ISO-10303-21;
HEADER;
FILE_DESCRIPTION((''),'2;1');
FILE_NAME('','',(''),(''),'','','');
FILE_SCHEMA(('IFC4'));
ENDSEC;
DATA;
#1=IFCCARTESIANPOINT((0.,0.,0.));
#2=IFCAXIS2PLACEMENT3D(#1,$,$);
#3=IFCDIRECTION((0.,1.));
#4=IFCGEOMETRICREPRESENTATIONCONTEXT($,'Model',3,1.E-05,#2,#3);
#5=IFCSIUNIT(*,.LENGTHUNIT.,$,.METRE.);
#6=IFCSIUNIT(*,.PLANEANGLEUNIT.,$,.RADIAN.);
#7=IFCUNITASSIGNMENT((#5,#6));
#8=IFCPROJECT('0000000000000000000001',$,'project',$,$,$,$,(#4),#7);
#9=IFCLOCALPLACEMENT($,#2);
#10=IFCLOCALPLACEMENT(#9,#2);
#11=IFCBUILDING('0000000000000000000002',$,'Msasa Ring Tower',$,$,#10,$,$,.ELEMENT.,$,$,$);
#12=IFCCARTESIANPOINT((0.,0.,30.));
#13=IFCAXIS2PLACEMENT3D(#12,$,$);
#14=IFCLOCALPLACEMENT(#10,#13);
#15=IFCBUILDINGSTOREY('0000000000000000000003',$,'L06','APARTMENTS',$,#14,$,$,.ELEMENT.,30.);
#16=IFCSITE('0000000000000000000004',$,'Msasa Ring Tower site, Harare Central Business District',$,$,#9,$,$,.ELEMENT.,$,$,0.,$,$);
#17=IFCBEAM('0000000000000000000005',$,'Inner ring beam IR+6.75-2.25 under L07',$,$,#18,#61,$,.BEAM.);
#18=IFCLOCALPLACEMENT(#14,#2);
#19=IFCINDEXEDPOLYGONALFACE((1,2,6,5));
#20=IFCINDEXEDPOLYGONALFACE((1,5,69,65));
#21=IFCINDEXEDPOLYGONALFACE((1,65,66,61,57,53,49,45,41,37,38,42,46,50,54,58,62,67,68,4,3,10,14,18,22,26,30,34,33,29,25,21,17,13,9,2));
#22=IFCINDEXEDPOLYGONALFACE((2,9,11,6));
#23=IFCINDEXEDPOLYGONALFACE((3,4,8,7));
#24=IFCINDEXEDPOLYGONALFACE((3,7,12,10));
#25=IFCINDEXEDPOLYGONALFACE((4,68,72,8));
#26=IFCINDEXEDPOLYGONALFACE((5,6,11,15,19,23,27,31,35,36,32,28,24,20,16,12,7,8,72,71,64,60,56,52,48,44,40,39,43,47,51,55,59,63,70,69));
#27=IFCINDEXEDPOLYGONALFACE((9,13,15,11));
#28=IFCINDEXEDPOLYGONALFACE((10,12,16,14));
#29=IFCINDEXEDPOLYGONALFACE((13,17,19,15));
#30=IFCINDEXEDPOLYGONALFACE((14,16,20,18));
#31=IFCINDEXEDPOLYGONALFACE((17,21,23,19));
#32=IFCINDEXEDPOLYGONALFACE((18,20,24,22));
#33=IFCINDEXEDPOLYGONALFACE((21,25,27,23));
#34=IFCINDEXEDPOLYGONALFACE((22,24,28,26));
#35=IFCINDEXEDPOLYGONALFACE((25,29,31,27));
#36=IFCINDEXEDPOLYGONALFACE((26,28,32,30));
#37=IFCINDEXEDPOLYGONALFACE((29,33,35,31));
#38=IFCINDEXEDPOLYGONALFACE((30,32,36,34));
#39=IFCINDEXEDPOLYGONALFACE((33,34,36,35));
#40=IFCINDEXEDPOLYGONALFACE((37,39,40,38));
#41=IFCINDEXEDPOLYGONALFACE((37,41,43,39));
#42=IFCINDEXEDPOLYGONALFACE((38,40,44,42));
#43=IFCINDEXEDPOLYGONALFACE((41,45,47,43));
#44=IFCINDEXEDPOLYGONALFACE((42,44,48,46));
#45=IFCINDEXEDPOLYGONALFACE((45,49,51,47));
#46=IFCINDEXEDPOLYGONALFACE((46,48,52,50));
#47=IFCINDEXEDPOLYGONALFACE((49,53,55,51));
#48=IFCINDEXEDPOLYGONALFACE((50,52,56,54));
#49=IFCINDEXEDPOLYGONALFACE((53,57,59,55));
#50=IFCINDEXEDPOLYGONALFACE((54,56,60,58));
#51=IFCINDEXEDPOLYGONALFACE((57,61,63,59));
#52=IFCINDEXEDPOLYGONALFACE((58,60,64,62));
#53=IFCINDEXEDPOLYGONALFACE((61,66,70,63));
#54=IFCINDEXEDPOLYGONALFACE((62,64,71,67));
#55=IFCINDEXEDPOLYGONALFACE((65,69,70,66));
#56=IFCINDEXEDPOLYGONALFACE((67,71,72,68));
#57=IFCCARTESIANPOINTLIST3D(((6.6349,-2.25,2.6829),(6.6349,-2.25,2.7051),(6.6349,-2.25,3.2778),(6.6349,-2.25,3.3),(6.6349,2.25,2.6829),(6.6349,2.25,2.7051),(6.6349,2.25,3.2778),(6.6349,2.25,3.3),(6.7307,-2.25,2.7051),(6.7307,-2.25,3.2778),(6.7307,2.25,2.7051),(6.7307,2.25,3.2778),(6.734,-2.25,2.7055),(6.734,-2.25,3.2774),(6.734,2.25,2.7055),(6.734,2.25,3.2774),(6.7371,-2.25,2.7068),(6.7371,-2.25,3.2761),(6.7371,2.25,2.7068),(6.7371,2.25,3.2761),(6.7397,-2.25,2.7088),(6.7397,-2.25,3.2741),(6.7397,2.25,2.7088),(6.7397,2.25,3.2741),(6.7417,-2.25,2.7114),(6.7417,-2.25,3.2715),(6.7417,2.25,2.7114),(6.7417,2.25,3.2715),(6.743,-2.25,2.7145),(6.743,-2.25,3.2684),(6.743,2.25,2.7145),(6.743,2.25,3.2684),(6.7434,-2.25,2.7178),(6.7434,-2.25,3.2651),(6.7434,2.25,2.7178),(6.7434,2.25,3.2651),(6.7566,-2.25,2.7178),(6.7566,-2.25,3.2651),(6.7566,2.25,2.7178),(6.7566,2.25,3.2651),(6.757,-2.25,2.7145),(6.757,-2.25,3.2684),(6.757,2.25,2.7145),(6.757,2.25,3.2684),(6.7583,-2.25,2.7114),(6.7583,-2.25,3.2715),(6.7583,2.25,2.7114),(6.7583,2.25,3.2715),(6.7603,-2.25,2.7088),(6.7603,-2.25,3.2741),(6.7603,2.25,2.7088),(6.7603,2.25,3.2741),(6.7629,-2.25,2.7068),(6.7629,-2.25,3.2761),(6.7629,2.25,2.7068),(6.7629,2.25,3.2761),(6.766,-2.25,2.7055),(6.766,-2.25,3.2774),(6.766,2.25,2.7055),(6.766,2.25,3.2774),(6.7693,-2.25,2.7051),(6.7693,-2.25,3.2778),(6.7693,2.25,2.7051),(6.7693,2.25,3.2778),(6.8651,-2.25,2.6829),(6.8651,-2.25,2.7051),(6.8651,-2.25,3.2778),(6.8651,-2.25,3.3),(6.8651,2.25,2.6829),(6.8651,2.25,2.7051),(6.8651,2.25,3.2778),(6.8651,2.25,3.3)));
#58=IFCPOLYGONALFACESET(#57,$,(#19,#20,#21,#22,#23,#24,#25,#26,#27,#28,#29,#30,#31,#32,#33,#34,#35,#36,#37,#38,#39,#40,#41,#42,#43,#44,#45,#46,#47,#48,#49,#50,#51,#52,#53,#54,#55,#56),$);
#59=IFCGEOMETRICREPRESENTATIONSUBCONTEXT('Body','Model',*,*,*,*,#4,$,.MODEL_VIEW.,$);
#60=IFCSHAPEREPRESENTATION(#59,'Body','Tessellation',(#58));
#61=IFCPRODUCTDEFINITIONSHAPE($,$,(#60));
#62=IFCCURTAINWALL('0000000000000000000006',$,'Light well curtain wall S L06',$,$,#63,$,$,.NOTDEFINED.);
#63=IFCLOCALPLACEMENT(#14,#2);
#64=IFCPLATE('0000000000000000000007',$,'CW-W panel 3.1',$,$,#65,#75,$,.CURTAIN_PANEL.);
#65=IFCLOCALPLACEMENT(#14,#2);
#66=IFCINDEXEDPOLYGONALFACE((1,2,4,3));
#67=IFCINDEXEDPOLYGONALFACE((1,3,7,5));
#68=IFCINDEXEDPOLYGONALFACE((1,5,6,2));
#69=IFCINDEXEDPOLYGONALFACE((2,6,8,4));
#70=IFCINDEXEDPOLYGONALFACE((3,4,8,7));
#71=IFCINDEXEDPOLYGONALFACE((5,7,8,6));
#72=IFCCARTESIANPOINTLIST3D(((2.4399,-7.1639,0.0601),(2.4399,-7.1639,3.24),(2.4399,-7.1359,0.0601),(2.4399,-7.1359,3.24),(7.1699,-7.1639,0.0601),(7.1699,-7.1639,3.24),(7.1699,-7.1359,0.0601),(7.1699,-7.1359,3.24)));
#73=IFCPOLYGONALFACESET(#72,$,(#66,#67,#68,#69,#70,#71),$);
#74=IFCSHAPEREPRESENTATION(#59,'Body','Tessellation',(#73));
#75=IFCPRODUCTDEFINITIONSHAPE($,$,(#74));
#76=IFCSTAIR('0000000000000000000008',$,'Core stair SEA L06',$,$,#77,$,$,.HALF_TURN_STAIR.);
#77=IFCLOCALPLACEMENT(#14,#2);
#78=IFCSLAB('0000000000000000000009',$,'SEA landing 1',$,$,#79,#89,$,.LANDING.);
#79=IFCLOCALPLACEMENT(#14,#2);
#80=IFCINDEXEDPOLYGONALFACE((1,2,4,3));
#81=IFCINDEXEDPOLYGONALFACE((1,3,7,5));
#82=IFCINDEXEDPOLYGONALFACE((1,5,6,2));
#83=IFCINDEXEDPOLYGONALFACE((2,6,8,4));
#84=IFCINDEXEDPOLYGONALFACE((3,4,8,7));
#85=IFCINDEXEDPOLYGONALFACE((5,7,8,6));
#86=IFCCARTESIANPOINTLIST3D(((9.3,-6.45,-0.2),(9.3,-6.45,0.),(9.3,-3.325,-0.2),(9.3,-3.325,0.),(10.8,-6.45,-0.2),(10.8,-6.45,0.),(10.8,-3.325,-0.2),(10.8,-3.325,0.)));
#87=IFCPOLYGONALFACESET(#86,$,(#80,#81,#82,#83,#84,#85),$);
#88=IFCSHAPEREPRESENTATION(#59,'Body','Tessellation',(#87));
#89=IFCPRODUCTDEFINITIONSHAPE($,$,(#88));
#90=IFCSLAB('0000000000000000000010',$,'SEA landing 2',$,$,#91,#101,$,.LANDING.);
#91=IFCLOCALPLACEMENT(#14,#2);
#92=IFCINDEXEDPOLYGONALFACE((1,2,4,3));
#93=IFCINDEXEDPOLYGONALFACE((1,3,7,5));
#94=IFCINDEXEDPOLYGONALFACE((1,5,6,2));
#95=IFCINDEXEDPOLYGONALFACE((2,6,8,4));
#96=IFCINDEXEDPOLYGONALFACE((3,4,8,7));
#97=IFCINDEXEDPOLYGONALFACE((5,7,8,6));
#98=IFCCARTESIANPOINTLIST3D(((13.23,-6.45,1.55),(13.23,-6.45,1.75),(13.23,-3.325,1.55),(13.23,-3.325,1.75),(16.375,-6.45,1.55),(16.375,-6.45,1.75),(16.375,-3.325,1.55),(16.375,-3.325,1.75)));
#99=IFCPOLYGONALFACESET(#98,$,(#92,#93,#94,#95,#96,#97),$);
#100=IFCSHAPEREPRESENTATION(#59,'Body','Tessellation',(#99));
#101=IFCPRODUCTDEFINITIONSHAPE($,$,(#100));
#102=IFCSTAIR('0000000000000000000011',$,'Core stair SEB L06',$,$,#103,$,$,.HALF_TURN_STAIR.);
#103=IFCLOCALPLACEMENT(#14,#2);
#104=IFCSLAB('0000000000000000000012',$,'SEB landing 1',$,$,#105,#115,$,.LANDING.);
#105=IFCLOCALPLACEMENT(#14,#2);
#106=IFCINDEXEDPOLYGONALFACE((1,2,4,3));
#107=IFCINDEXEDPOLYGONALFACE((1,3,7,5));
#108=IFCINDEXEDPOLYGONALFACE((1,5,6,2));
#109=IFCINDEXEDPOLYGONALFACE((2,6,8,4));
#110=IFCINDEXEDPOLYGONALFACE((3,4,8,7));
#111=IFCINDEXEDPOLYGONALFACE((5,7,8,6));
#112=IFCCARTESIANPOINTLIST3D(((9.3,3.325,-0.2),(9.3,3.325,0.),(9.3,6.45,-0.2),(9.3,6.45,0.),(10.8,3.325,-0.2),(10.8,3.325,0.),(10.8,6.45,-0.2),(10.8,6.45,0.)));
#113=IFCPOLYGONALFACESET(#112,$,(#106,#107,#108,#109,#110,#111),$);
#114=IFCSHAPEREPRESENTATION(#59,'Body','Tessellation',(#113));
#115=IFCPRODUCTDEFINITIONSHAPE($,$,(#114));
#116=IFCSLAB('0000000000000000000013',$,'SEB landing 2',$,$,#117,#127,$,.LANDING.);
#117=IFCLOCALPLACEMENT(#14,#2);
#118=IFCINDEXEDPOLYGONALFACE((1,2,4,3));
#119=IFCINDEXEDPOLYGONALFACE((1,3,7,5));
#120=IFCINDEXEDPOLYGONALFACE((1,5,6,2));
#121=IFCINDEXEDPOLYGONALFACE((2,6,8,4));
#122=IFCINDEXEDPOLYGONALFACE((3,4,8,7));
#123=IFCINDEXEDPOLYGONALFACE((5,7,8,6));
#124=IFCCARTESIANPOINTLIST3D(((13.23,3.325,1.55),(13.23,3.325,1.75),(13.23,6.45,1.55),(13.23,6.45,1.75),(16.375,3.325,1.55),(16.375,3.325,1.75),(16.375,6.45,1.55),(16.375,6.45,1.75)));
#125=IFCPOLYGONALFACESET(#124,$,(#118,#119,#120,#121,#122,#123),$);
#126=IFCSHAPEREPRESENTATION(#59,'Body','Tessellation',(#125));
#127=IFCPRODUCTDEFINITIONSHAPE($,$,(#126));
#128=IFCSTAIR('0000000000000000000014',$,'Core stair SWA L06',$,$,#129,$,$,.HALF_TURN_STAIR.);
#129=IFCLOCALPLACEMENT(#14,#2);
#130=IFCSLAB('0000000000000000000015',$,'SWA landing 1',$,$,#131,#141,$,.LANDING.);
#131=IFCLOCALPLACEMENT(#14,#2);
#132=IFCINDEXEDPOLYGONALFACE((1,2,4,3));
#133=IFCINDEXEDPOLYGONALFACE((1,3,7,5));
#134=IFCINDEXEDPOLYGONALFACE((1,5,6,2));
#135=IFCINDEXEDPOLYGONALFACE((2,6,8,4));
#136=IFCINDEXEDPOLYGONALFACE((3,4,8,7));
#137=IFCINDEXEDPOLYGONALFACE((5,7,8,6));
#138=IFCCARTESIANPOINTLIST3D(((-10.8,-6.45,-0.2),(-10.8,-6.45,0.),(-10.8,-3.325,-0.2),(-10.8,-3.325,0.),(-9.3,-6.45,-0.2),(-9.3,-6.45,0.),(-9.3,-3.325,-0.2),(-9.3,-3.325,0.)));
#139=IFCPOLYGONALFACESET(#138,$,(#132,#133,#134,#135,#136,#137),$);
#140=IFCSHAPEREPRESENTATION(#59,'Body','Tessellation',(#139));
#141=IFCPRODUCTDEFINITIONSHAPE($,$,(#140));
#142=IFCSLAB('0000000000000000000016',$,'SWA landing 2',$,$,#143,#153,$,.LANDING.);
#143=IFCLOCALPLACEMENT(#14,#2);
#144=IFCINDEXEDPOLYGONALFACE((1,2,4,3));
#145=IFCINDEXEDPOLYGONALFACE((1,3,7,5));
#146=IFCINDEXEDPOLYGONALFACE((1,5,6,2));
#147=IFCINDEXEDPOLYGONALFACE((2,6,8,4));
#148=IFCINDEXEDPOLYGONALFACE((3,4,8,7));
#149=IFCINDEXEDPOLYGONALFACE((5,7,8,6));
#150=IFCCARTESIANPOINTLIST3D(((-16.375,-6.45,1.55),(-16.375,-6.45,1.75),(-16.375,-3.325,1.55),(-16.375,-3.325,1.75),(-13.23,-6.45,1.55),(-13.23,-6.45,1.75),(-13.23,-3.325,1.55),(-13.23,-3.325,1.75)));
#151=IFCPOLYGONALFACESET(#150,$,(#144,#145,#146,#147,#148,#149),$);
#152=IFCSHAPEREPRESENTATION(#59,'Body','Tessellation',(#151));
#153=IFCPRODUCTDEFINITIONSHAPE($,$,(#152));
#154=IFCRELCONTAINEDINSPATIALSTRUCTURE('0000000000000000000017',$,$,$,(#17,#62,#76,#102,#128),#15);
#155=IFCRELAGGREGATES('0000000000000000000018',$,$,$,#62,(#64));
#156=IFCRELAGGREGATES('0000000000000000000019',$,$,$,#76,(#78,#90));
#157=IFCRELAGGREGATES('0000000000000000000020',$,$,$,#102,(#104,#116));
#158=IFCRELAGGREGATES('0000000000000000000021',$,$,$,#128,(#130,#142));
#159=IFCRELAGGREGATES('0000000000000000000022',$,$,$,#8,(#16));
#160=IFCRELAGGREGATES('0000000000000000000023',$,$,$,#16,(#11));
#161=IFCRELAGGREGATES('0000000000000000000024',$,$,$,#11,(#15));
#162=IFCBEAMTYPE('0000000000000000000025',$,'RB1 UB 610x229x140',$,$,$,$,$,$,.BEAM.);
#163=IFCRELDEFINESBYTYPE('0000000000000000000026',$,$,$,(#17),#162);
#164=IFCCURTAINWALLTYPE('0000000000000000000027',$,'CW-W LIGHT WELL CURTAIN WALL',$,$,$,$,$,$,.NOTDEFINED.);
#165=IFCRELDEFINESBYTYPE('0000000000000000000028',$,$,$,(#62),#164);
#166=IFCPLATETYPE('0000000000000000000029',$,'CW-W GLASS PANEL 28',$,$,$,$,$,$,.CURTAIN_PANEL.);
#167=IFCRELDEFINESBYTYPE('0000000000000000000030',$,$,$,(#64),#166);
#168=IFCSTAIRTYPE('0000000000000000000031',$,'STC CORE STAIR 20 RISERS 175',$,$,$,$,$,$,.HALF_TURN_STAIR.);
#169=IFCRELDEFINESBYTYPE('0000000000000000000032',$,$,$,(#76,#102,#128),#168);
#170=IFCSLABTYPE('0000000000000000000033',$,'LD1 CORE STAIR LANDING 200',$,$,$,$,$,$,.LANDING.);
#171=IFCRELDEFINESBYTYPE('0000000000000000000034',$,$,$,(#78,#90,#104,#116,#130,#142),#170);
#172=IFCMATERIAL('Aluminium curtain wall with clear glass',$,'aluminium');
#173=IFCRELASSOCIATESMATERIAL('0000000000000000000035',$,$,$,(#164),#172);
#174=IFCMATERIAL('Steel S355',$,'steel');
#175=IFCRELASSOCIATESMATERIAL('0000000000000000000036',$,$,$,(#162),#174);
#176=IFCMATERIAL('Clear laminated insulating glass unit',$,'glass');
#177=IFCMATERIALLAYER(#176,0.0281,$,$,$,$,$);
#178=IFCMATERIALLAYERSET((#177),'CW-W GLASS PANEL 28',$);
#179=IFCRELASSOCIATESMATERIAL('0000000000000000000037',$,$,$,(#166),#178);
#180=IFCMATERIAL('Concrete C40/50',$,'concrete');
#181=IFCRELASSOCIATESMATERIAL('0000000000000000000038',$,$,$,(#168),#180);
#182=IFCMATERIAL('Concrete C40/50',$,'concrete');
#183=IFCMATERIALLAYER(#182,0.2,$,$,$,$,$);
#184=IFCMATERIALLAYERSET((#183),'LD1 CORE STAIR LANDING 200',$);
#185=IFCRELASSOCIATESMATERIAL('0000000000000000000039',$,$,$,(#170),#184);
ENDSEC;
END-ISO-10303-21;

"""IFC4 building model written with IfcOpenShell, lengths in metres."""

from ifc_helpers import new_model, si_unit, direction, frame, origin, origin_2d, place, context, subcontext, project, spatial, polyline, rectangle, i_section, outline, extrude, material, layer, layer_set, material_profile, profile_set, type_object, element, aggregate, save


model = new_model("IFC4")

# Units and contexts
model_context = context("Model", 3, precision=1e-05, world=origin(), true_north=direction((0.0, 1.0)))
body_context = subcontext(model_context, "Body", "Model", "MODEL_VIEW")
ifc_project = project(units=[si_unit("LENGTHUNIT", "METRE"), si_unit("PLANEANGLEUNIT", "RADIAN")], contexts=[model_context])

# Site, building, storey
site_placement = place(None, origin())
site = spatial("IfcSite", under=ifc_project, at=site_placement, Name="Msasa Ring Tower site, Harare Central Business District", CompositionType="ELEMENT", RefElevation=0.0)
building_placement = place(site_placement, origin())
building = spatial("IfcBuilding", under=site, at=building_placement, Name="Msasa Ring Tower", CompositionType="ELEMENT")
storey_placement = place(building_placement, frame((0.0, 0.0, 30.0)))
storey = spatial("IfcBuildingStorey", under=building, at=storey_placement, Name="L06", Description="APARTMENTS", CompositionType="ELEMENT", Elevation=30.0)

# Shared definitions
ifc_material_1 = material(Name="Aluminium curtain wall with clear glass", Category="aluminium")
curtain_wall_type = type_object("IfcCurtainWallType", Name="CW-W LIGHT WELL CURTAIN WALL", PredefinedType="NOTDEFINED", material=ifc_material_1)

# Beam
ifc_material_2 = material(Name="Steel S355", Category="steel")
ifc_material_profile_1 = material_profile(ifc_material_2, i_section(OverallWidth=0.2302, OverallDepth=0.6172, WebThickness=0.0132, FlangeThickness=0.0222, FilletRadius=0.0127, at=origin_2d()), Name="UB 610x229x140")
ifc_profile_set_1 = profile_set([ifc_material_profile_1], Name="Steel S355")
beam_type = type_object("IfcBeamType", Name="RB1 UB 610x229x140", PredefinedType="BEAM", material=ifc_profile_set_1)
for number, where, z_axis, x_axis, name in (
    (1, (6.75, -2.25, 2.9915), (0.0, 1.0, 0.0), (-1.0, 0.0, 0.0), "Inner ring beam IR+6.75-2.25 under L07"),
):
    element("IfcBeam", number, at=place(storey_placement, frame(where, z_axis=z_axis, x_axis=x_axis)), inside=storey, type_object=beam_type, Name=name, PredefinedType="BEAM", context=body_context, shape_type="SweptSolid", body=[
        extrude(i_section(OverallWidth=0.2302, OverallDepth=0.6172, WebThickness=0.0132, FlangeThickness=0.0222, FilletRadius=0.0127, at=origin_2d()), origin(), (0.0, 0.0, 1.0), 4.5),
    ])

# Curtain wall, plate
curtain_wall_1_placement = place(storey_placement, origin())
curtain_wall_1 = element("IfcCurtainWall", 2, at=curtain_wall_1_placement, inside=storey, type_object=curtain_wall_type, Name="Light well curtain wall S L06", PredefinedType="NOTDEFINED")
ifc_material_3 = material(Name="Clear laminated insulating glass unit", Category="glass")
ifc_layer_1 = layer(ifc_material_3, 0.0281)
ifc_layer_set_1 = layer_set([ifc_layer_1], Name="CW-W GLASS PANEL 28")
plate_type = type_object("IfcPlateType", Name="CW-W GLASS PANEL 28", PredefinedType="CURTAIN_PANEL", material=ifc_layer_set_1)
plate_placement = place(storey_placement, frame((4.8049, -7.1499, 0.0601), z_axis=(0.0, 0.0, 1.0), x_axis=(1.0, 0.0, 0.0)))
plate = element("IfcPlate", 3, at=plate_placement, type_object=plate_type, Name="CW-W panel 3.1", PredefinedType="CURTAIN_PANEL", context=body_context, shape_type="SweptSolid", body=[
    extrude(rectangle(XDim=4.73, YDim=0.0281, at=origin_2d()), origin(), (0.0, 0.0, 1.0), 3.1799),
])
aggregate(curtain_wall_1, [plate])

# Stairs, slabs
ifc_material_4 = material(Name="Concrete C40/50", Category="concrete")
stair_type = type_object("IfcStairType", Name="STC CORE STAIR 20 RISERS 175", PredefinedType="HALF_TURN_STAIR", material=ifc_material_4)
stair_1_placement = place(storey_placement, origin())
stair_1 = element("IfcStair", 4, at=stair_1_placement, inside=storey, type_object=stair_type, Name="Core stair SEA L06", PredefinedType="HALF_TURN_STAIR")
ifc_material_5 = material(Name="Concrete C40/50", Category="concrete")
ifc_layer_2 = layer(ifc_material_5, 0.2)
ifc_layer_set_2 = layer_set([ifc_layer_2], Name="LD1 CORE STAIR LANDING 200")
slab_type = type_object("IfcSlabType", Name="LD1 CORE STAIR LANDING 200", PredefinedType="LANDING", material=ifc_layer_set_2)
slab_1_placement = place(storey_placement, frame((0.0, 0.0, -0.2)))
slab_1 = element("IfcSlab", 5, at=slab_1_placement, type_object=slab_type, Name="SEA landing 1", PredefinedType="LANDING", context=body_context, shape_type="SweptSolid", body=[
    extrude(outline(polyline([(9.3, -6.45), (10.8, -6.45), (10.8, -3.325), (9.3, -3.325), (9.3, -6.45)])), origin(), (0.0, 0.0, 1.0), 0.2),
])
slab_2_placement = place(storey_placement, frame((0.0, 0.0, 1.55)))
slab_2 = element("IfcSlab", 6, at=slab_2_placement, type_object=slab_type, Name="SEA landing 2", PredefinedType="LANDING", context=body_context, shape_type="SweptSolid", body=[
    extrude(outline(polyline([(13.23, -6.45), (16.375, -6.45), (16.375, -3.325), (13.23, -3.325), (13.23, -6.45)])), origin(), (0.0, 0.0, 1.0), 0.2),
])
aggregate(stair_1, [slab_1, slab_2])
stair_2_placement = place(storey_placement, origin())
stair_2 = element("IfcStair", 7, at=stair_2_placement, inside=storey, type_object=stair_type, Name="Core stair SEB L06", PredefinedType="HALF_TURN_STAIR")
slab_3_placement = place(storey_placement, frame((0.0, 0.0, -0.2)))
slab_3 = element("IfcSlab", 8, at=slab_3_placement, type_object=slab_type, Name="SEB landing 1", PredefinedType="LANDING", context=body_context, shape_type="SweptSolid", body=[
    extrude(outline(polyline([(9.3, 3.325), (10.8, 3.325), (10.8, 6.45), (9.3, 6.45), (9.3, 3.325)])), origin(), (0.0, 0.0, 1.0), 0.2),
])
slab_4_placement = place(storey_placement, frame((0.0, 0.0, 1.55)))
slab_4 = element("IfcSlab", 9, at=slab_4_placement, type_object=slab_type, Name="SEB landing 2", PredefinedType="LANDING", context=body_context, shape_type="SweptSolid", body=[
    extrude(outline(polyline([(13.23, 3.325), (16.375, 3.325), (16.375, 6.45), (13.23, 6.45), (13.23, 3.325)])), origin(), (0.0, 0.0, 1.0), 0.2),
])
aggregate(stair_2, [slab_3, slab_4])
stair_3_placement = place(storey_placement, origin())
stair_3 = element("IfcStair", 10, at=stair_3_placement, inside=storey, type_object=stair_type, Name="Core stair SWA L06", PredefinedType="HALF_TURN_STAIR")
slab_5_placement = place(storey_placement, frame((0.0, 0.0, -0.2)))
slab_5 = element("IfcSlab", 11, at=slab_5_placement, type_object=slab_type, Name="SWA landing 1", PredefinedType="LANDING", context=body_context, shape_type="SweptSolid", body=[
    extrude(outline(polyline([(-10.8, -6.45), (-9.3, -6.45), (-9.3, -3.325), (-10.8, -3.325), (-10.8, -6.45)])), origin(), (0.0, 0.0, 1.0), 0.2),
])
slab_6_placement = place(storey_placement, frame((0.0, 0.0, 1.55)))
slab_6 = element("IfcSlab", 12, at=slab_6_placement, type_object=slab_type, Name="SWA landing 2", PredefinedType="LANDING", context=body_context, shape_type="SweptSolid", body=[
    extrude(outline(polyline([(-16.375, -6.45), (-13.23, -6.45), (-13.23, -3.325), (-16.375, -3.325), (-16.375, -6.45)])), origin(), (0.0, 0.0, 1.0), 0.2),
])
aggregate(stair_3, [slab_5, slab_6])

save(model, "model.ifc")
